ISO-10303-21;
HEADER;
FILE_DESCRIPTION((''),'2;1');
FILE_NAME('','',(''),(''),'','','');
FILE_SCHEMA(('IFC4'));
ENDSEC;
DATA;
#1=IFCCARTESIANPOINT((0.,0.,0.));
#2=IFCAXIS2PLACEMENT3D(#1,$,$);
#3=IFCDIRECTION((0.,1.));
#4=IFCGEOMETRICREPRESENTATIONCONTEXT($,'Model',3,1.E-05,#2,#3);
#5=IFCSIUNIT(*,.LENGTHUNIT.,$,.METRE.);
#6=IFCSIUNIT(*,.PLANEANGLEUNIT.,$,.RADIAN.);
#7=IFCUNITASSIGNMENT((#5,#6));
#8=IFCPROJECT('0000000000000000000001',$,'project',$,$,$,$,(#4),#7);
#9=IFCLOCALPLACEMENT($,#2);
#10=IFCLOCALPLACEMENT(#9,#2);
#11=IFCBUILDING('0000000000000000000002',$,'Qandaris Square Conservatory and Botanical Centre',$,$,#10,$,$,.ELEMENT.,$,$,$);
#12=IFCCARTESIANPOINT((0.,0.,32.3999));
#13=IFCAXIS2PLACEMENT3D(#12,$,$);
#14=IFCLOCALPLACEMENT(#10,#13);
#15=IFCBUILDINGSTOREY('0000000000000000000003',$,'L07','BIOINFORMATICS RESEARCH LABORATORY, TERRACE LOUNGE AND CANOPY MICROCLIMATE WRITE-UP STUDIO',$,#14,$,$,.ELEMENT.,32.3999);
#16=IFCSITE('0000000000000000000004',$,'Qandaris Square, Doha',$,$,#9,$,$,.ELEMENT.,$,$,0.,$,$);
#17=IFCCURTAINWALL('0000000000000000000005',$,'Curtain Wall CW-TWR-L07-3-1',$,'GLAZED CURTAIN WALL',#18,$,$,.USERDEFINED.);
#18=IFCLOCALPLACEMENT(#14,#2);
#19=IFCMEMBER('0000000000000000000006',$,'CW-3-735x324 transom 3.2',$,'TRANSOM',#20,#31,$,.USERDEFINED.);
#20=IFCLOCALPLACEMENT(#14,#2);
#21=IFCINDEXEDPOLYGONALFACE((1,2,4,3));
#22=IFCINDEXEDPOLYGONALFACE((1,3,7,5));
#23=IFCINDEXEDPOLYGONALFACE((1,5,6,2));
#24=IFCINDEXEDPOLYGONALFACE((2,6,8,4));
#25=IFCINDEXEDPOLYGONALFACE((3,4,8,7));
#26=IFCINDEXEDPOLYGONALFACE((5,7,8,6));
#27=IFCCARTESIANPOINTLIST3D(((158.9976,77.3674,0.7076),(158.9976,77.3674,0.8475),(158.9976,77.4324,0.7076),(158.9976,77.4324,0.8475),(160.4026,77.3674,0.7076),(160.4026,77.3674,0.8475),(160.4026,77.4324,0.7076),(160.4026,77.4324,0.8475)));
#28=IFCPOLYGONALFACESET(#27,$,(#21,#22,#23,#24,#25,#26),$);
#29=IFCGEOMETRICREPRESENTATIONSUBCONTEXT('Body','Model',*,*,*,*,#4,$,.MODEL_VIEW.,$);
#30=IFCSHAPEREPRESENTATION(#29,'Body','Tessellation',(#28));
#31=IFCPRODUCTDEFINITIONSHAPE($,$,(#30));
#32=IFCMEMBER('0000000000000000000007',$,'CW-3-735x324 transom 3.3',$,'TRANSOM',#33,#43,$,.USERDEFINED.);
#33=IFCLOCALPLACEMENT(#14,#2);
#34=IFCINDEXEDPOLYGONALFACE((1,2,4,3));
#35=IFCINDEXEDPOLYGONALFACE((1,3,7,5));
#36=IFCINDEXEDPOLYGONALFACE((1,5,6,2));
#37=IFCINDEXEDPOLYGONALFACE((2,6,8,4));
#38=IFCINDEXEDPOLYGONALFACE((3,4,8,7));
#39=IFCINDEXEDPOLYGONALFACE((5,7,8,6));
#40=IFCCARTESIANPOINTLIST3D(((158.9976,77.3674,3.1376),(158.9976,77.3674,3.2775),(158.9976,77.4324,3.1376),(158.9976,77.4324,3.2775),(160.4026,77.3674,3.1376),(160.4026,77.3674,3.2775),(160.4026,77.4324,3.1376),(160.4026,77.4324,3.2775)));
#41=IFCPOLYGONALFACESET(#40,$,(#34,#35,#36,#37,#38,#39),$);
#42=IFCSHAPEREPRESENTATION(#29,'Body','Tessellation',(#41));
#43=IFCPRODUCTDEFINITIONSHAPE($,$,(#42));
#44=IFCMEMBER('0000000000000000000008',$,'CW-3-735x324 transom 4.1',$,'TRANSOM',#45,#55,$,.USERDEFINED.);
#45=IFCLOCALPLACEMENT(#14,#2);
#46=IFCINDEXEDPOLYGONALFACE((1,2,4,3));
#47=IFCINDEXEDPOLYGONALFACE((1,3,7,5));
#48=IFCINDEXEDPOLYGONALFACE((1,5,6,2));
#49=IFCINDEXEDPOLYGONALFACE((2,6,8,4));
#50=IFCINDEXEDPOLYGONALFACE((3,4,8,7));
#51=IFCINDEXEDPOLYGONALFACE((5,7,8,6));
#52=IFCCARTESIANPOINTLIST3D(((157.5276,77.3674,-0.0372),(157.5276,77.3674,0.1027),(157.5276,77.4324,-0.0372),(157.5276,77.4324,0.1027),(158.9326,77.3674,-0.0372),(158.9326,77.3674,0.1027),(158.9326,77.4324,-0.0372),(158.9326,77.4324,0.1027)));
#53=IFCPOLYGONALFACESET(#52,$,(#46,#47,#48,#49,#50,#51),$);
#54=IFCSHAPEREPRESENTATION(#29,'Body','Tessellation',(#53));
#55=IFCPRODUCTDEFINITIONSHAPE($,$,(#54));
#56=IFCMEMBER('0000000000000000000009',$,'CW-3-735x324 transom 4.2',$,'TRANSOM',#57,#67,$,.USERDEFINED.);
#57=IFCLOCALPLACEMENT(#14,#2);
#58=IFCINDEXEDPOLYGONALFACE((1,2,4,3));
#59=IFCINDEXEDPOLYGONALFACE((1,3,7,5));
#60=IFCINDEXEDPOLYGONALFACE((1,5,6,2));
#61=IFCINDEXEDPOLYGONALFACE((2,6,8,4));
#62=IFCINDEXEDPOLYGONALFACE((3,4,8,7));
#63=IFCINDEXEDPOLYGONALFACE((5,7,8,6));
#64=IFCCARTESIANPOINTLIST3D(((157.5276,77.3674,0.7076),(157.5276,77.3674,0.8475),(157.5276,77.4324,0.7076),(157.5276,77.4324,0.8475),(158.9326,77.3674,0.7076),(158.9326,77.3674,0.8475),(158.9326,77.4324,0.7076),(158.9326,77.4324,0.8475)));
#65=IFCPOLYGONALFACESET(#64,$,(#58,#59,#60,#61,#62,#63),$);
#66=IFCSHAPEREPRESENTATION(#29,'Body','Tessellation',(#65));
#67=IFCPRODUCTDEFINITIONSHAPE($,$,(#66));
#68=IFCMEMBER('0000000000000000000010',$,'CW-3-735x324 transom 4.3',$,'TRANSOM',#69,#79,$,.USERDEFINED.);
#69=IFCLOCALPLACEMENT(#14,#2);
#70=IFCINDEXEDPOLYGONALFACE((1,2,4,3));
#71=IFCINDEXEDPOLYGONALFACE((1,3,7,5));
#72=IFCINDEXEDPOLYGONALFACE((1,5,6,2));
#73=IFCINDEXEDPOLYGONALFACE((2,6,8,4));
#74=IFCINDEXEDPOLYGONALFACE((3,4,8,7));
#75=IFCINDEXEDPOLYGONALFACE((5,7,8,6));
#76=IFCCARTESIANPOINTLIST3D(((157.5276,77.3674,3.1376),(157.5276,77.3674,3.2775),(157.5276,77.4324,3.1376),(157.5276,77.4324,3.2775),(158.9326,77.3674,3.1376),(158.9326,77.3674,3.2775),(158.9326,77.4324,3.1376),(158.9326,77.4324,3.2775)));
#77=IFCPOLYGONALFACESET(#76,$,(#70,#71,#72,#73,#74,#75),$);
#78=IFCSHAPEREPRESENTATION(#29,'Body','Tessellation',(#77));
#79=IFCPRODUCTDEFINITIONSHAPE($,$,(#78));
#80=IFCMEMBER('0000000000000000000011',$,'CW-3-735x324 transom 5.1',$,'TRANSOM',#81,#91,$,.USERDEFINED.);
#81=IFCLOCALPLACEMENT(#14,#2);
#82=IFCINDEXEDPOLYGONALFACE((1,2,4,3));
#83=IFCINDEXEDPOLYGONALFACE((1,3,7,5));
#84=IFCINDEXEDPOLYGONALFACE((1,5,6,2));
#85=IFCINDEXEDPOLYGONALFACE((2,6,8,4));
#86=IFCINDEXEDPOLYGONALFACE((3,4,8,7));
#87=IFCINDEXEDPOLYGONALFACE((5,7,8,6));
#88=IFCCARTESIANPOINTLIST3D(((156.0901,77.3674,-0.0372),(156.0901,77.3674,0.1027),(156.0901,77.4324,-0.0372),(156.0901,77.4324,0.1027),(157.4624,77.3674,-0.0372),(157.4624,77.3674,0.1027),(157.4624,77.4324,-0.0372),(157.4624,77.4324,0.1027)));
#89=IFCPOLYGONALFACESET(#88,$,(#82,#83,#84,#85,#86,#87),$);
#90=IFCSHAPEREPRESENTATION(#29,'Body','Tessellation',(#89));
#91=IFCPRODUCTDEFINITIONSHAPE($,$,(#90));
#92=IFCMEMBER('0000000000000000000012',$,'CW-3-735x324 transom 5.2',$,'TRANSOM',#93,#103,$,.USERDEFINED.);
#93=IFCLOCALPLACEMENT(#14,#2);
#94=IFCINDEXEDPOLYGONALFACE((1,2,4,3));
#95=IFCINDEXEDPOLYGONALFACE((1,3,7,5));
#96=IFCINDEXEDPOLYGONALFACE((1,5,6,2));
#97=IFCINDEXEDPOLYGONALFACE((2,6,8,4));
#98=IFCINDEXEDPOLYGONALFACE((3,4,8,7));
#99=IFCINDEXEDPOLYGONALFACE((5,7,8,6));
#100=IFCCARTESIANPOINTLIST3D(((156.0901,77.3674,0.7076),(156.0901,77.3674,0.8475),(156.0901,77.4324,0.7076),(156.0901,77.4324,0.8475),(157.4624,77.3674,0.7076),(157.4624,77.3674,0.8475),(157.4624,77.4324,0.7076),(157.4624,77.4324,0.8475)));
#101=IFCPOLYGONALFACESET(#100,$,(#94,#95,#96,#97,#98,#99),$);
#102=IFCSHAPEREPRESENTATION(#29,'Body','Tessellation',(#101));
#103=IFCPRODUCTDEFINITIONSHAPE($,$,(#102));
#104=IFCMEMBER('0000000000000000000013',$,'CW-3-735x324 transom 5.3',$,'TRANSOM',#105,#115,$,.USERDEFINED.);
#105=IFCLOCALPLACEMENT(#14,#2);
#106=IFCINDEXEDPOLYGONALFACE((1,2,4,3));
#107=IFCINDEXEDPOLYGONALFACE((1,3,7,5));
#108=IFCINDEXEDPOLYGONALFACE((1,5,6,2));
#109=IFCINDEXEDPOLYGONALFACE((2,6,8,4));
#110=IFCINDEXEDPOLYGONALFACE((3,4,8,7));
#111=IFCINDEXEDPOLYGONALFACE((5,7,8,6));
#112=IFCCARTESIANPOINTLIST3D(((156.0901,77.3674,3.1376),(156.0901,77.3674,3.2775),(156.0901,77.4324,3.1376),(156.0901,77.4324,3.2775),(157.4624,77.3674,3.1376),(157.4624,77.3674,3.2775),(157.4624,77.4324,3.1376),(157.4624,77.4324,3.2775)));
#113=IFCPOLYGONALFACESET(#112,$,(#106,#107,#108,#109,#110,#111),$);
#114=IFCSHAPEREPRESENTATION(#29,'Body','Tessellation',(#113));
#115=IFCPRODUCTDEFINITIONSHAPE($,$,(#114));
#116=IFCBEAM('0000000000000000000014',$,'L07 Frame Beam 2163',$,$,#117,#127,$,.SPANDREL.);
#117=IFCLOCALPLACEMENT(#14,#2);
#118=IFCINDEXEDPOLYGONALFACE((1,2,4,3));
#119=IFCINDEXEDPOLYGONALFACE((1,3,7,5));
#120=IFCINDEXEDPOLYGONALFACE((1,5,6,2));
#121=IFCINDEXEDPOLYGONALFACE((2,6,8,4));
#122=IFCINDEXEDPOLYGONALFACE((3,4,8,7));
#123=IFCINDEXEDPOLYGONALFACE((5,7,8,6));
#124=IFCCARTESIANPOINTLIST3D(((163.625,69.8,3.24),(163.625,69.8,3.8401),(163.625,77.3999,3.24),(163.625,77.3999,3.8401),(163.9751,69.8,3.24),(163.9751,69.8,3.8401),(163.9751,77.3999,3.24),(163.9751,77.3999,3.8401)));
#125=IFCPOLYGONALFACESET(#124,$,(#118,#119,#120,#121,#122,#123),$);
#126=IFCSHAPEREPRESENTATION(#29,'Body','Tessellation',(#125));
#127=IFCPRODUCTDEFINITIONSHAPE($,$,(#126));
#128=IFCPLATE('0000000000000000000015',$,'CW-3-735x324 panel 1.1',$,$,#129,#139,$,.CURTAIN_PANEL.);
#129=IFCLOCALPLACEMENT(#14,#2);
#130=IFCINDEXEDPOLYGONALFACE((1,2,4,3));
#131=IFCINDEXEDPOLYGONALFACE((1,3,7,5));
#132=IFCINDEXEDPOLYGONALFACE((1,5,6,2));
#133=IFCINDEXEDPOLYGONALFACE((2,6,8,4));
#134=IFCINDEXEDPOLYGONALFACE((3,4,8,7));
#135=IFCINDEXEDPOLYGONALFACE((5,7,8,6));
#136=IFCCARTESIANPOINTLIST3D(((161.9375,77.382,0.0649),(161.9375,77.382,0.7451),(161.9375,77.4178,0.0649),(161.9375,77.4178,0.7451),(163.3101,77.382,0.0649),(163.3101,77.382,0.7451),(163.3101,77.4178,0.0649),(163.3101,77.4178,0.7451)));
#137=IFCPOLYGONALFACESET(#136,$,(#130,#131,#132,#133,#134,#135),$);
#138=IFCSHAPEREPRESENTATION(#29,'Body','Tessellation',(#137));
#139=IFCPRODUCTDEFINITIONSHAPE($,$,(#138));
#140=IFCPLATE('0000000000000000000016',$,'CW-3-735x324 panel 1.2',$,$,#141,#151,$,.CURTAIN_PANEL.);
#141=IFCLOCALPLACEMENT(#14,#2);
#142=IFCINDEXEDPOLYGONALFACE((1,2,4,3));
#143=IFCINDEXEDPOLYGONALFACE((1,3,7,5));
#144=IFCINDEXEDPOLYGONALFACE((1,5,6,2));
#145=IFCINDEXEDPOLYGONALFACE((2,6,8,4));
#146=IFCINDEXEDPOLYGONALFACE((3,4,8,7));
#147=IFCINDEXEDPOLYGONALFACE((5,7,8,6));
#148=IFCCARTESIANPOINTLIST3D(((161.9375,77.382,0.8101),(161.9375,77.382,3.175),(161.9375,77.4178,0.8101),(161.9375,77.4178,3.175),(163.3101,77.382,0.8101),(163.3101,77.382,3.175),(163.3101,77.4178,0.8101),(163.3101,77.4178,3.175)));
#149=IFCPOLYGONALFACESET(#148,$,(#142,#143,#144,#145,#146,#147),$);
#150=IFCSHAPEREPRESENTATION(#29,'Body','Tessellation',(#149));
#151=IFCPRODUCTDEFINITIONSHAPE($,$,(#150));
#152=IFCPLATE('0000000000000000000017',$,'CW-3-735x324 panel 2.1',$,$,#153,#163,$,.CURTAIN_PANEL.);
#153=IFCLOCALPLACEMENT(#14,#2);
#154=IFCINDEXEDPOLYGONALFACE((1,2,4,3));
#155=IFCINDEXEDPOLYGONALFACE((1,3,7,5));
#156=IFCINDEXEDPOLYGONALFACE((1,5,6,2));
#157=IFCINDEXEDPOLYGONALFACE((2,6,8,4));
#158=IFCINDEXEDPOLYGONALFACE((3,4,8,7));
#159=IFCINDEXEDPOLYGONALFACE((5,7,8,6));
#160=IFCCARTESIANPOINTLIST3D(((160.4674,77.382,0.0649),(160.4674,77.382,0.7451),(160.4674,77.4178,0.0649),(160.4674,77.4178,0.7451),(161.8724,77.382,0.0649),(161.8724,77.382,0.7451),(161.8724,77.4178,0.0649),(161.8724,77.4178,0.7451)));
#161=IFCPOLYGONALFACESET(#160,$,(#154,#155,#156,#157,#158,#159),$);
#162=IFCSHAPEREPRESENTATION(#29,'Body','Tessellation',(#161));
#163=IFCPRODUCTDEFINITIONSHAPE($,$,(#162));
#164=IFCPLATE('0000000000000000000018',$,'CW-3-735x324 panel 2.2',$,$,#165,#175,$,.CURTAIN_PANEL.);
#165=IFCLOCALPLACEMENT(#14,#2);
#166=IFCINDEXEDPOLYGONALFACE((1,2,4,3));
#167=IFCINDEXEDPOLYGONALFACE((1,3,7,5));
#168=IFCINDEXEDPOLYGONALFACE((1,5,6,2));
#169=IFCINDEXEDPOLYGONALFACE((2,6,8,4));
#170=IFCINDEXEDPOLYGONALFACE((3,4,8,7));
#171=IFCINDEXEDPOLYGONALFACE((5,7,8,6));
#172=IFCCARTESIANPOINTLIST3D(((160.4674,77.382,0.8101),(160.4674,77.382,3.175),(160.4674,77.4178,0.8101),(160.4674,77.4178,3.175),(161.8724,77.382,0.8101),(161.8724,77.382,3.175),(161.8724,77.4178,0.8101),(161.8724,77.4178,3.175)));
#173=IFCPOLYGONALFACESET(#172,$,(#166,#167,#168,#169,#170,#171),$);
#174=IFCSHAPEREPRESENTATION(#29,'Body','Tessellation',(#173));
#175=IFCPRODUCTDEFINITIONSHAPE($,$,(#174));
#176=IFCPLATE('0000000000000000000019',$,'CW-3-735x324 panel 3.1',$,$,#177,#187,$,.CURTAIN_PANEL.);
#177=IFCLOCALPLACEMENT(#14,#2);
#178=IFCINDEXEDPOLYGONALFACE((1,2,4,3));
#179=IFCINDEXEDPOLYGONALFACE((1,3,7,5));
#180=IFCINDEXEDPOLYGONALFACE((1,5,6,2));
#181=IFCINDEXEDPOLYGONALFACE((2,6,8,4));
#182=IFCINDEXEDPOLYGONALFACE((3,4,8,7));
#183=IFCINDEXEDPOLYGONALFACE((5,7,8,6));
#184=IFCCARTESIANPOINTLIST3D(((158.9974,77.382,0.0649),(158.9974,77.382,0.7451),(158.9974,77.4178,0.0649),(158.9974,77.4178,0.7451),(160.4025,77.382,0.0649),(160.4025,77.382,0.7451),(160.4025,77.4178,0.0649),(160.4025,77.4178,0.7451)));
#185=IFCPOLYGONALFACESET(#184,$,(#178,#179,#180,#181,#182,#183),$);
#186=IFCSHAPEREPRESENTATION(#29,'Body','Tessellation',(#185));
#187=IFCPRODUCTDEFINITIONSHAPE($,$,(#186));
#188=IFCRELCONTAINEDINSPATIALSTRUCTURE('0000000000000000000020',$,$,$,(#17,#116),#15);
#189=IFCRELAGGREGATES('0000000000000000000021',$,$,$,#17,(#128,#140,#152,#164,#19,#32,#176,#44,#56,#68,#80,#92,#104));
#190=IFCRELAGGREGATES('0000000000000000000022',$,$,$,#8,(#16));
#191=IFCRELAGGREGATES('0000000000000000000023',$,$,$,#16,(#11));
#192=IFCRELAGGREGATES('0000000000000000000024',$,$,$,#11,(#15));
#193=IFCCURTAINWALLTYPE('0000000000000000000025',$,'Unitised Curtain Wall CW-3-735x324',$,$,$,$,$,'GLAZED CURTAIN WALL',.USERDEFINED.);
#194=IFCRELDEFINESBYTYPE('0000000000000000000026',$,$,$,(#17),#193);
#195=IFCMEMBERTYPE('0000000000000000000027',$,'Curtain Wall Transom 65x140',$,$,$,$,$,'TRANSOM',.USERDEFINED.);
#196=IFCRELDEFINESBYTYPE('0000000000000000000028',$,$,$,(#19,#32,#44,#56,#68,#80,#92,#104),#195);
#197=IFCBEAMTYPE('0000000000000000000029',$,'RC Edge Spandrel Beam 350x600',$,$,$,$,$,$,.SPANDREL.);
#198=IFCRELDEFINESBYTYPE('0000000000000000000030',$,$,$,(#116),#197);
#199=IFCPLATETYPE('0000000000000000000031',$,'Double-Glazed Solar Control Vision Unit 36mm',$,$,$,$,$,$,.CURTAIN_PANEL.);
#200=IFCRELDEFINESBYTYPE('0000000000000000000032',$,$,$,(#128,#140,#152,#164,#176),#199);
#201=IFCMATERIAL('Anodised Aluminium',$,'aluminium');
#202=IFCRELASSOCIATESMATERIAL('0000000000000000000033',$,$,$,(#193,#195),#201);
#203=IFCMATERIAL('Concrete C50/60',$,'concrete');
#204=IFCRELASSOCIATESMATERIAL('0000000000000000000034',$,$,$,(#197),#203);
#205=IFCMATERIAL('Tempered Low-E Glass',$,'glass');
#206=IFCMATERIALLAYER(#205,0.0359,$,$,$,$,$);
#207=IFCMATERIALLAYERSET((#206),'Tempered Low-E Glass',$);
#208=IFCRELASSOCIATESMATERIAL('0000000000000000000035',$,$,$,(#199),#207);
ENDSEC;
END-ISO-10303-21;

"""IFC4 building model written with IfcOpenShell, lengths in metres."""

from ifc_helpers import new_model, si_unit, direction, frame, origin, origin_2d, place, context, subcontext, project, spatial, rectangle, extrude, material, layer, layer_set, material_profile, profile_set, type_object, element, aggregate, save


model = new_model("IFC4")

# Units and contexts
model_context = context("Model", 3, precision=1e-05, world=origin(), true_north=direction((0.0, 1.0)))
body_context = subcontext(model_context, "Body", "Model", "MODEL_VIEW")
ifc_project = project(units=[si_unit("LENGTHUNIT", "METRE"), si_unit("PLANEANGLEUNIT", "RADIAN")], contexts=[model_context])

# Site, building, storey
site_placement = place(None, origin())
site = spatial("IfcSite", under=ifc_project, at=site_placement, Name="Qandaris Square, Doha", CompositionType="ELEMENT", RefElevation=0.0)
building_placement = place(site_placement, origin())
building = spatial("IfcBuilding", under=site, at=building_placement, Name="Qandaris Square Conservatory and Botanical Centre", CompositionType="ELEMENT")
storey_placement = place(building_placement, frame((0.0, 0.0, 32.3999)))
storey = spatial("IfcBuildingStorey", under=building, at=storey_placement, Name="L07", Description="BIOINFORMATICS RESEARCH LABORATORY, TERRACE LOUNGE AND CANOPY MICROCLIMATE WRITE-UP STUDIO", CompositionType="ELEMENT", Elevation=32.3999)

# Shared definitions
ifc_material_1 = material(Name="Concrete C50/60", Category="concrete")

# Curtain wall, members
ifc_material_2 = material(Name="Anodised Aluminium", Category="aluminium")
curtain_wall_type = type_object("IfcCurtainWallType", Name="Unitised Curtain Wall CW-3-735x324", ElementType="GLAZED CURTAIN WALL", PredefinedType="USERDEFINED", material=ifc_material_2)
curtain_wall_placement = place(storey_placement, origin())
curtain_wall = element("IfcCurtainWall", 1, at=curtain_wall_placement, inside=storey, type_object=curtain_wall_type, Name="Curtain Wall CW-TWR-L07-3-1", ObjectType="GLAZED CURTAIN WALL", PredefinedType="USERDEFINED")
ifc_material_profile_1 = material_profile(ifc_material_2, rectangle(XDim=0.0649, YDim=0.1399, at=origin_2d()), Name="ALU-TRN 65x140")
ifc_profile_set_1 = profile_set([ifc_material_profile_1], Name="Anodised Aluminium")
member_type_1 = type_object("IfcMemberType", Name="Curtain Wall Transom 65x140", ElementType="TRANSOM", PredefinedType="USERDEFINED", material=ifc_profile_set_1)
member_1_placement = place(storey_placement, frame((160.4026, 77.3999, 0.7776), z_axis=(-1.0, 0.0, 0.0), x_axis=(0.0, -1.0, 0.0)))
member_1 = element("IfcMember", 2, at=member_1_placement, type_object=member_type_1, Name="CW-3-735x324 transom 3.2", ObjectType="TRANSOM", PredefinedType="USERDEFINED", context=body_context, shape_type="SweptSolid", body=[
    extrude(rectangle(XDim=0.0649, YDim=0.1399, at=origin_2d()), origin(), (0.0, 0.0, 1.0), 1.405),
])
member_2_placement = place(storey_placement, frame((160.4026, 77.3999, 3.2075), z_axis=(-1.0, 0.0, 0.0), x_axis=(0.0, -1.0, 0.0)))
member_2 = element("IfcMember", 3, at=member_2_placement, type_object=member_type_1, Name="CW-3-735x324 transom 3.3", ObjectType="TRANSOM", PredefinedType="USERDEFINED", context=body_context, shape_type="SweptSolid", body=[
    extrude(rectangle(XDim=0.0649, YDim=0.1399, at=origin_2d()), origin(), (0.0, 0.0, 1.0), 1.405),
])
member_3_placement = place(storey_placement, frame((158.9326, 77.3999, 0.0327), z_axis=(-1.0, 0.0, 0.0), x_axis=(0.0, -1.0, 0.0)))
member_3 = element("IfcMember", 4, at=member_3_placement, type_object=member_type_1, Name="CW-3-735x324 transom 4.1", ObjectType="TRANSOM", PredefinedType="USERDEFINED", context=body_context, shape_type="SweptSolid", body=[
    extrude(rectangle(XDim=0.0649, YDim=0.1399, at=origin_2d()), origin(), (0.0, 0.0, 1.0), 1.405),
])
member_4_placement = place(storey_placement, frame((158.9326, 77.3999, 0.7776), z_axis=(-1.0, 0.0, 0.0), x_axis=(0.0, -1.0, 0.0)))
member_4 = element("IfcMember", 5, at=member_4_placement, type_object=member_type_1, Name="CW-3-735x324 transom 4.2", ObjectType="TRANSOM", PredefinedType="USERDEFINED", context=body_context, shape_type="SweptSolid", body=[
    extrude(rectangle(XDim=0.0649, YDim=0.1399, at=origin_2d()), origin(), (0.0, 0.0, 1.0), 1.405),
])
member_5_placement = place(storey_placement, frame((158.9326, 77.3999, 3.2075), z_axis=(-1.0, 0.0, 0.0), x_axis=(0.0, -1.0, 0.0)))
member_5 = element("IfcMember", 6, at=member_5_placement, type_object=member_type_1, Name="CW-3-735x324 transom 4.3", ObjectType="TRANSOM", PredefinedType="USERDEFINED", context=body_context, shape_type="SweptSolid", body=[
    extrude(rectangle(XDim=0.0649, YDim=0.1399, at=origin_2d()), origin(), (0.0, 0.0, 1.0), 1.405),
])
member_6_placement = place(storey_placement, frame((157.4624, 77.3999, 0.0327), z_axis=(-1.0, 0.0, 0.0), x_axis=(0.0, -1.0, 0.0)))
member_6 = element("IfcMember", 7, at=member_6_placement, type_object=member_type_1, Name="CW-3-735x324 transom 5.1", ObjectType="TRANSOM", PredefinedType="USERDEFINED", context=body_context, shape_type="SweptSolid", body=[
    extrude(rectangle(XDim=0.0649, YDim=0.1399, at=origin_2d()), origin(), (0.0, 0.0, 1.0), 1.3723),
])
member_7_placement = place(storey_placement, frame((157.4624, 77.3999, 0.7776), z_axis=(-1.0, 0.0, 0.0), x_axis=(0.0, -1.0, 0.0)))
member_7 = element("IfcMember", 8, at=member_7_placement, type_object=member_type_1, Name="CW-3-735x324 transom 5.2", ObjectType="TRANSOM", PredefinedType="USERDEFINED", context=body_context, shape_type="SweptSolid", body=[
    extrude(rectangle(XDim=0.0649, YDim=0.1399, at=origin_2d()), origin(), (0.0, 0.0, 1.0), 1.3723),
])
member_8_placement = place(storey_placement, frame((157.4624, 77.3999, 3.2075), z_axis=(-1.0, 0.0, 0.0), x_axis=(0.0, -1.0, 0.0)))
member_8 = element("IfcMember", 9, at=member_8_placement, type_object=member_type_1, Name="CW-3-735x324 transom 5.3", ObjectType="TRANSOM", PredefinedType="USERDEFINED", context=body_context, shape_type="SweptSolid", body=[
    extrude(rectangle(XDim=0.0649, YDim=0.1399, at=origin_2d()), origin(), (0.0, 0.0, 1.0), 1.3723),
])

# Beam
ifc_material_profile_2 = material_profile(ifc_material_1, rectangle(XDim=0.3501, YDim=0.6001, at=origin_2d()), Name="RC-SP 350x600")
ifc_profile_set_2 = profile_set([ifc_material_profile_2], Name="Concrete C50/60")
beam_type = type_object("IfcBeamType", Name="RC Edge Spandrel Beam 350x600", PredefinedType="SPANDREL", material=ifc_profile_set_2)
beam_placement = place(storey_placement, frame((163.8, 69.8, 3.54), z_axis=(0.0, 1.0, 0.0), x_axis=(-1.0, 0.0, 0.0)))
element("IfcBeam", 10, at=beam_placement, inside=storey, type_object=beam_type, Name="L07 Frame Beam 2163", PredefinedType="SPANDREL", context=body_context, shape_type="SweptSolid", body=[
    extrude(rectangle(XDim=0.3501, YDim=0.6001, at=origin_2d()), origin(), (0.0, 0.0, 1.0), 7.5999),
])

# Plates
ifc_material_3 = material(Name="Tempered Low-E Glass", Category="glass")
ifc_layer_1 = layer(ifc_material_3, 0.0359)
ifc_layer_set_1 = layer_set([ifc_layer_1], Name="Tempered Low-E Glass")
plate_type = type_object("IfcPlateType", Name="Double-Glazed Solar Control Vision Unit 36mm", PredefinedType="CURTAIN_PANEL", material=ifc_layer_set_1)
plate_1_placement = place(storey_placement, frame((162.6238, 77.3999, 0.0649), z_axis=(0.0, 0.0, 1.0), x_axis=(-1.0, 0.0, 0.0)))
plate_1 = element("IfcPlate", 11, at=plate_1_placement, type_object=plate_type, Name="CW-3-735x324 panel 1.1", PredefinedType="CURTAIN_PANEL", context=body_context, shape_type="SweptSolid", body=[
    extrude(rectangle(XDim=1.3726, YDim=0.0359, at=origin_2d()), origin(), (0.0, 0.0, 1.0), 0.6802),
])
plate_2_placement = place(storey_placement, frame((162.6238, 77.3999, 0.8101), z_axis=(0.0, 0.0, 1.0), x_axis=(-1.0, 0.0, 0.0)))
plate_2 = element("IfcPlate", 12, at=plate_2_placement, type_object=plate_type, Name="CW-3-735x324 panel 1.2", PredefinedType="CURTAIN_PANEL", context=body_context, shape_type="SweptSolid", body=[
    extrude(rectangle(XDim=1.3726, YDim=0.0359, at=origin_2d()), origin(), (0.0, 0.0, 1.0), 2.365),
])
plate_3_placement = place(storey_placement, frame((161.1699, 77.3999, 0.0649), z_axis=(0.0, 0.0, 1.0), x_axis=(-1.0, 0.0, 0.0)))
plate_3 = element("IfcPlate", 13, at=plate_3_placement, type_object=plate_type, Name="CW-3-735x324 panel 2.1", PredefinedType="CURTAIN_PANEL", context=body_context, shape_type="SweptSolid", body=[
    extrude(rectangle(XDim=1.405, YDim=0.0359, at=origin_2d()), origin(), (0.0, 0.0, 1.0), 0.6802),
])
plate_4_placement = place(storey_placement, frame((161.1699, 77.3999, 0.8101), z_axis=(0.0, 0.0, 1.0), x_axis=(-1.0, 0.0, 0.0)))
plate_4 = element("IfcPlate", 14, at=plate_4_placement, type_object=plate_type, Name="CW-3-735x324 panel 2.2", PredefinedType="CURTAIN_PANEL", context=body_context, shape_type="SweptSolid", body=[
    extrude(rectangle(XDim=1.405, YDim=0.0359, at=origin_2d()), origin(), (0.0, 0.0, 1.0), 2.365),
])
plate_5_placement = place(storey_placement, frame((159.7, 77.3999, 0.0649), z_axis=(0.0, 0.0, 1.0), x_axis=(-1.0, 0.0, 0.0)))
plate_5 = element("IfcPlate", 15, at=plate_5_placement, type_object=plate_type, Name="CW-3-735x324 panel 3.1", PredefinedType="CURTAIN_PANEL", context=body_context, shape_type="SweptSolid", body=[
    extrude(rectangle(XDim=1.405, YDim=0.0359, at=origin_2d()), origin(), (0.0, 0.0, 1.0), 0.6802),
])
aggregate(curtain_wall, [plate_1, plate_2, plate_3, plate_4, member_1, member_2, plate_5, member_3, member_4, member_5, member_6, member_7, member_8])

save(model, "model.ifc")
